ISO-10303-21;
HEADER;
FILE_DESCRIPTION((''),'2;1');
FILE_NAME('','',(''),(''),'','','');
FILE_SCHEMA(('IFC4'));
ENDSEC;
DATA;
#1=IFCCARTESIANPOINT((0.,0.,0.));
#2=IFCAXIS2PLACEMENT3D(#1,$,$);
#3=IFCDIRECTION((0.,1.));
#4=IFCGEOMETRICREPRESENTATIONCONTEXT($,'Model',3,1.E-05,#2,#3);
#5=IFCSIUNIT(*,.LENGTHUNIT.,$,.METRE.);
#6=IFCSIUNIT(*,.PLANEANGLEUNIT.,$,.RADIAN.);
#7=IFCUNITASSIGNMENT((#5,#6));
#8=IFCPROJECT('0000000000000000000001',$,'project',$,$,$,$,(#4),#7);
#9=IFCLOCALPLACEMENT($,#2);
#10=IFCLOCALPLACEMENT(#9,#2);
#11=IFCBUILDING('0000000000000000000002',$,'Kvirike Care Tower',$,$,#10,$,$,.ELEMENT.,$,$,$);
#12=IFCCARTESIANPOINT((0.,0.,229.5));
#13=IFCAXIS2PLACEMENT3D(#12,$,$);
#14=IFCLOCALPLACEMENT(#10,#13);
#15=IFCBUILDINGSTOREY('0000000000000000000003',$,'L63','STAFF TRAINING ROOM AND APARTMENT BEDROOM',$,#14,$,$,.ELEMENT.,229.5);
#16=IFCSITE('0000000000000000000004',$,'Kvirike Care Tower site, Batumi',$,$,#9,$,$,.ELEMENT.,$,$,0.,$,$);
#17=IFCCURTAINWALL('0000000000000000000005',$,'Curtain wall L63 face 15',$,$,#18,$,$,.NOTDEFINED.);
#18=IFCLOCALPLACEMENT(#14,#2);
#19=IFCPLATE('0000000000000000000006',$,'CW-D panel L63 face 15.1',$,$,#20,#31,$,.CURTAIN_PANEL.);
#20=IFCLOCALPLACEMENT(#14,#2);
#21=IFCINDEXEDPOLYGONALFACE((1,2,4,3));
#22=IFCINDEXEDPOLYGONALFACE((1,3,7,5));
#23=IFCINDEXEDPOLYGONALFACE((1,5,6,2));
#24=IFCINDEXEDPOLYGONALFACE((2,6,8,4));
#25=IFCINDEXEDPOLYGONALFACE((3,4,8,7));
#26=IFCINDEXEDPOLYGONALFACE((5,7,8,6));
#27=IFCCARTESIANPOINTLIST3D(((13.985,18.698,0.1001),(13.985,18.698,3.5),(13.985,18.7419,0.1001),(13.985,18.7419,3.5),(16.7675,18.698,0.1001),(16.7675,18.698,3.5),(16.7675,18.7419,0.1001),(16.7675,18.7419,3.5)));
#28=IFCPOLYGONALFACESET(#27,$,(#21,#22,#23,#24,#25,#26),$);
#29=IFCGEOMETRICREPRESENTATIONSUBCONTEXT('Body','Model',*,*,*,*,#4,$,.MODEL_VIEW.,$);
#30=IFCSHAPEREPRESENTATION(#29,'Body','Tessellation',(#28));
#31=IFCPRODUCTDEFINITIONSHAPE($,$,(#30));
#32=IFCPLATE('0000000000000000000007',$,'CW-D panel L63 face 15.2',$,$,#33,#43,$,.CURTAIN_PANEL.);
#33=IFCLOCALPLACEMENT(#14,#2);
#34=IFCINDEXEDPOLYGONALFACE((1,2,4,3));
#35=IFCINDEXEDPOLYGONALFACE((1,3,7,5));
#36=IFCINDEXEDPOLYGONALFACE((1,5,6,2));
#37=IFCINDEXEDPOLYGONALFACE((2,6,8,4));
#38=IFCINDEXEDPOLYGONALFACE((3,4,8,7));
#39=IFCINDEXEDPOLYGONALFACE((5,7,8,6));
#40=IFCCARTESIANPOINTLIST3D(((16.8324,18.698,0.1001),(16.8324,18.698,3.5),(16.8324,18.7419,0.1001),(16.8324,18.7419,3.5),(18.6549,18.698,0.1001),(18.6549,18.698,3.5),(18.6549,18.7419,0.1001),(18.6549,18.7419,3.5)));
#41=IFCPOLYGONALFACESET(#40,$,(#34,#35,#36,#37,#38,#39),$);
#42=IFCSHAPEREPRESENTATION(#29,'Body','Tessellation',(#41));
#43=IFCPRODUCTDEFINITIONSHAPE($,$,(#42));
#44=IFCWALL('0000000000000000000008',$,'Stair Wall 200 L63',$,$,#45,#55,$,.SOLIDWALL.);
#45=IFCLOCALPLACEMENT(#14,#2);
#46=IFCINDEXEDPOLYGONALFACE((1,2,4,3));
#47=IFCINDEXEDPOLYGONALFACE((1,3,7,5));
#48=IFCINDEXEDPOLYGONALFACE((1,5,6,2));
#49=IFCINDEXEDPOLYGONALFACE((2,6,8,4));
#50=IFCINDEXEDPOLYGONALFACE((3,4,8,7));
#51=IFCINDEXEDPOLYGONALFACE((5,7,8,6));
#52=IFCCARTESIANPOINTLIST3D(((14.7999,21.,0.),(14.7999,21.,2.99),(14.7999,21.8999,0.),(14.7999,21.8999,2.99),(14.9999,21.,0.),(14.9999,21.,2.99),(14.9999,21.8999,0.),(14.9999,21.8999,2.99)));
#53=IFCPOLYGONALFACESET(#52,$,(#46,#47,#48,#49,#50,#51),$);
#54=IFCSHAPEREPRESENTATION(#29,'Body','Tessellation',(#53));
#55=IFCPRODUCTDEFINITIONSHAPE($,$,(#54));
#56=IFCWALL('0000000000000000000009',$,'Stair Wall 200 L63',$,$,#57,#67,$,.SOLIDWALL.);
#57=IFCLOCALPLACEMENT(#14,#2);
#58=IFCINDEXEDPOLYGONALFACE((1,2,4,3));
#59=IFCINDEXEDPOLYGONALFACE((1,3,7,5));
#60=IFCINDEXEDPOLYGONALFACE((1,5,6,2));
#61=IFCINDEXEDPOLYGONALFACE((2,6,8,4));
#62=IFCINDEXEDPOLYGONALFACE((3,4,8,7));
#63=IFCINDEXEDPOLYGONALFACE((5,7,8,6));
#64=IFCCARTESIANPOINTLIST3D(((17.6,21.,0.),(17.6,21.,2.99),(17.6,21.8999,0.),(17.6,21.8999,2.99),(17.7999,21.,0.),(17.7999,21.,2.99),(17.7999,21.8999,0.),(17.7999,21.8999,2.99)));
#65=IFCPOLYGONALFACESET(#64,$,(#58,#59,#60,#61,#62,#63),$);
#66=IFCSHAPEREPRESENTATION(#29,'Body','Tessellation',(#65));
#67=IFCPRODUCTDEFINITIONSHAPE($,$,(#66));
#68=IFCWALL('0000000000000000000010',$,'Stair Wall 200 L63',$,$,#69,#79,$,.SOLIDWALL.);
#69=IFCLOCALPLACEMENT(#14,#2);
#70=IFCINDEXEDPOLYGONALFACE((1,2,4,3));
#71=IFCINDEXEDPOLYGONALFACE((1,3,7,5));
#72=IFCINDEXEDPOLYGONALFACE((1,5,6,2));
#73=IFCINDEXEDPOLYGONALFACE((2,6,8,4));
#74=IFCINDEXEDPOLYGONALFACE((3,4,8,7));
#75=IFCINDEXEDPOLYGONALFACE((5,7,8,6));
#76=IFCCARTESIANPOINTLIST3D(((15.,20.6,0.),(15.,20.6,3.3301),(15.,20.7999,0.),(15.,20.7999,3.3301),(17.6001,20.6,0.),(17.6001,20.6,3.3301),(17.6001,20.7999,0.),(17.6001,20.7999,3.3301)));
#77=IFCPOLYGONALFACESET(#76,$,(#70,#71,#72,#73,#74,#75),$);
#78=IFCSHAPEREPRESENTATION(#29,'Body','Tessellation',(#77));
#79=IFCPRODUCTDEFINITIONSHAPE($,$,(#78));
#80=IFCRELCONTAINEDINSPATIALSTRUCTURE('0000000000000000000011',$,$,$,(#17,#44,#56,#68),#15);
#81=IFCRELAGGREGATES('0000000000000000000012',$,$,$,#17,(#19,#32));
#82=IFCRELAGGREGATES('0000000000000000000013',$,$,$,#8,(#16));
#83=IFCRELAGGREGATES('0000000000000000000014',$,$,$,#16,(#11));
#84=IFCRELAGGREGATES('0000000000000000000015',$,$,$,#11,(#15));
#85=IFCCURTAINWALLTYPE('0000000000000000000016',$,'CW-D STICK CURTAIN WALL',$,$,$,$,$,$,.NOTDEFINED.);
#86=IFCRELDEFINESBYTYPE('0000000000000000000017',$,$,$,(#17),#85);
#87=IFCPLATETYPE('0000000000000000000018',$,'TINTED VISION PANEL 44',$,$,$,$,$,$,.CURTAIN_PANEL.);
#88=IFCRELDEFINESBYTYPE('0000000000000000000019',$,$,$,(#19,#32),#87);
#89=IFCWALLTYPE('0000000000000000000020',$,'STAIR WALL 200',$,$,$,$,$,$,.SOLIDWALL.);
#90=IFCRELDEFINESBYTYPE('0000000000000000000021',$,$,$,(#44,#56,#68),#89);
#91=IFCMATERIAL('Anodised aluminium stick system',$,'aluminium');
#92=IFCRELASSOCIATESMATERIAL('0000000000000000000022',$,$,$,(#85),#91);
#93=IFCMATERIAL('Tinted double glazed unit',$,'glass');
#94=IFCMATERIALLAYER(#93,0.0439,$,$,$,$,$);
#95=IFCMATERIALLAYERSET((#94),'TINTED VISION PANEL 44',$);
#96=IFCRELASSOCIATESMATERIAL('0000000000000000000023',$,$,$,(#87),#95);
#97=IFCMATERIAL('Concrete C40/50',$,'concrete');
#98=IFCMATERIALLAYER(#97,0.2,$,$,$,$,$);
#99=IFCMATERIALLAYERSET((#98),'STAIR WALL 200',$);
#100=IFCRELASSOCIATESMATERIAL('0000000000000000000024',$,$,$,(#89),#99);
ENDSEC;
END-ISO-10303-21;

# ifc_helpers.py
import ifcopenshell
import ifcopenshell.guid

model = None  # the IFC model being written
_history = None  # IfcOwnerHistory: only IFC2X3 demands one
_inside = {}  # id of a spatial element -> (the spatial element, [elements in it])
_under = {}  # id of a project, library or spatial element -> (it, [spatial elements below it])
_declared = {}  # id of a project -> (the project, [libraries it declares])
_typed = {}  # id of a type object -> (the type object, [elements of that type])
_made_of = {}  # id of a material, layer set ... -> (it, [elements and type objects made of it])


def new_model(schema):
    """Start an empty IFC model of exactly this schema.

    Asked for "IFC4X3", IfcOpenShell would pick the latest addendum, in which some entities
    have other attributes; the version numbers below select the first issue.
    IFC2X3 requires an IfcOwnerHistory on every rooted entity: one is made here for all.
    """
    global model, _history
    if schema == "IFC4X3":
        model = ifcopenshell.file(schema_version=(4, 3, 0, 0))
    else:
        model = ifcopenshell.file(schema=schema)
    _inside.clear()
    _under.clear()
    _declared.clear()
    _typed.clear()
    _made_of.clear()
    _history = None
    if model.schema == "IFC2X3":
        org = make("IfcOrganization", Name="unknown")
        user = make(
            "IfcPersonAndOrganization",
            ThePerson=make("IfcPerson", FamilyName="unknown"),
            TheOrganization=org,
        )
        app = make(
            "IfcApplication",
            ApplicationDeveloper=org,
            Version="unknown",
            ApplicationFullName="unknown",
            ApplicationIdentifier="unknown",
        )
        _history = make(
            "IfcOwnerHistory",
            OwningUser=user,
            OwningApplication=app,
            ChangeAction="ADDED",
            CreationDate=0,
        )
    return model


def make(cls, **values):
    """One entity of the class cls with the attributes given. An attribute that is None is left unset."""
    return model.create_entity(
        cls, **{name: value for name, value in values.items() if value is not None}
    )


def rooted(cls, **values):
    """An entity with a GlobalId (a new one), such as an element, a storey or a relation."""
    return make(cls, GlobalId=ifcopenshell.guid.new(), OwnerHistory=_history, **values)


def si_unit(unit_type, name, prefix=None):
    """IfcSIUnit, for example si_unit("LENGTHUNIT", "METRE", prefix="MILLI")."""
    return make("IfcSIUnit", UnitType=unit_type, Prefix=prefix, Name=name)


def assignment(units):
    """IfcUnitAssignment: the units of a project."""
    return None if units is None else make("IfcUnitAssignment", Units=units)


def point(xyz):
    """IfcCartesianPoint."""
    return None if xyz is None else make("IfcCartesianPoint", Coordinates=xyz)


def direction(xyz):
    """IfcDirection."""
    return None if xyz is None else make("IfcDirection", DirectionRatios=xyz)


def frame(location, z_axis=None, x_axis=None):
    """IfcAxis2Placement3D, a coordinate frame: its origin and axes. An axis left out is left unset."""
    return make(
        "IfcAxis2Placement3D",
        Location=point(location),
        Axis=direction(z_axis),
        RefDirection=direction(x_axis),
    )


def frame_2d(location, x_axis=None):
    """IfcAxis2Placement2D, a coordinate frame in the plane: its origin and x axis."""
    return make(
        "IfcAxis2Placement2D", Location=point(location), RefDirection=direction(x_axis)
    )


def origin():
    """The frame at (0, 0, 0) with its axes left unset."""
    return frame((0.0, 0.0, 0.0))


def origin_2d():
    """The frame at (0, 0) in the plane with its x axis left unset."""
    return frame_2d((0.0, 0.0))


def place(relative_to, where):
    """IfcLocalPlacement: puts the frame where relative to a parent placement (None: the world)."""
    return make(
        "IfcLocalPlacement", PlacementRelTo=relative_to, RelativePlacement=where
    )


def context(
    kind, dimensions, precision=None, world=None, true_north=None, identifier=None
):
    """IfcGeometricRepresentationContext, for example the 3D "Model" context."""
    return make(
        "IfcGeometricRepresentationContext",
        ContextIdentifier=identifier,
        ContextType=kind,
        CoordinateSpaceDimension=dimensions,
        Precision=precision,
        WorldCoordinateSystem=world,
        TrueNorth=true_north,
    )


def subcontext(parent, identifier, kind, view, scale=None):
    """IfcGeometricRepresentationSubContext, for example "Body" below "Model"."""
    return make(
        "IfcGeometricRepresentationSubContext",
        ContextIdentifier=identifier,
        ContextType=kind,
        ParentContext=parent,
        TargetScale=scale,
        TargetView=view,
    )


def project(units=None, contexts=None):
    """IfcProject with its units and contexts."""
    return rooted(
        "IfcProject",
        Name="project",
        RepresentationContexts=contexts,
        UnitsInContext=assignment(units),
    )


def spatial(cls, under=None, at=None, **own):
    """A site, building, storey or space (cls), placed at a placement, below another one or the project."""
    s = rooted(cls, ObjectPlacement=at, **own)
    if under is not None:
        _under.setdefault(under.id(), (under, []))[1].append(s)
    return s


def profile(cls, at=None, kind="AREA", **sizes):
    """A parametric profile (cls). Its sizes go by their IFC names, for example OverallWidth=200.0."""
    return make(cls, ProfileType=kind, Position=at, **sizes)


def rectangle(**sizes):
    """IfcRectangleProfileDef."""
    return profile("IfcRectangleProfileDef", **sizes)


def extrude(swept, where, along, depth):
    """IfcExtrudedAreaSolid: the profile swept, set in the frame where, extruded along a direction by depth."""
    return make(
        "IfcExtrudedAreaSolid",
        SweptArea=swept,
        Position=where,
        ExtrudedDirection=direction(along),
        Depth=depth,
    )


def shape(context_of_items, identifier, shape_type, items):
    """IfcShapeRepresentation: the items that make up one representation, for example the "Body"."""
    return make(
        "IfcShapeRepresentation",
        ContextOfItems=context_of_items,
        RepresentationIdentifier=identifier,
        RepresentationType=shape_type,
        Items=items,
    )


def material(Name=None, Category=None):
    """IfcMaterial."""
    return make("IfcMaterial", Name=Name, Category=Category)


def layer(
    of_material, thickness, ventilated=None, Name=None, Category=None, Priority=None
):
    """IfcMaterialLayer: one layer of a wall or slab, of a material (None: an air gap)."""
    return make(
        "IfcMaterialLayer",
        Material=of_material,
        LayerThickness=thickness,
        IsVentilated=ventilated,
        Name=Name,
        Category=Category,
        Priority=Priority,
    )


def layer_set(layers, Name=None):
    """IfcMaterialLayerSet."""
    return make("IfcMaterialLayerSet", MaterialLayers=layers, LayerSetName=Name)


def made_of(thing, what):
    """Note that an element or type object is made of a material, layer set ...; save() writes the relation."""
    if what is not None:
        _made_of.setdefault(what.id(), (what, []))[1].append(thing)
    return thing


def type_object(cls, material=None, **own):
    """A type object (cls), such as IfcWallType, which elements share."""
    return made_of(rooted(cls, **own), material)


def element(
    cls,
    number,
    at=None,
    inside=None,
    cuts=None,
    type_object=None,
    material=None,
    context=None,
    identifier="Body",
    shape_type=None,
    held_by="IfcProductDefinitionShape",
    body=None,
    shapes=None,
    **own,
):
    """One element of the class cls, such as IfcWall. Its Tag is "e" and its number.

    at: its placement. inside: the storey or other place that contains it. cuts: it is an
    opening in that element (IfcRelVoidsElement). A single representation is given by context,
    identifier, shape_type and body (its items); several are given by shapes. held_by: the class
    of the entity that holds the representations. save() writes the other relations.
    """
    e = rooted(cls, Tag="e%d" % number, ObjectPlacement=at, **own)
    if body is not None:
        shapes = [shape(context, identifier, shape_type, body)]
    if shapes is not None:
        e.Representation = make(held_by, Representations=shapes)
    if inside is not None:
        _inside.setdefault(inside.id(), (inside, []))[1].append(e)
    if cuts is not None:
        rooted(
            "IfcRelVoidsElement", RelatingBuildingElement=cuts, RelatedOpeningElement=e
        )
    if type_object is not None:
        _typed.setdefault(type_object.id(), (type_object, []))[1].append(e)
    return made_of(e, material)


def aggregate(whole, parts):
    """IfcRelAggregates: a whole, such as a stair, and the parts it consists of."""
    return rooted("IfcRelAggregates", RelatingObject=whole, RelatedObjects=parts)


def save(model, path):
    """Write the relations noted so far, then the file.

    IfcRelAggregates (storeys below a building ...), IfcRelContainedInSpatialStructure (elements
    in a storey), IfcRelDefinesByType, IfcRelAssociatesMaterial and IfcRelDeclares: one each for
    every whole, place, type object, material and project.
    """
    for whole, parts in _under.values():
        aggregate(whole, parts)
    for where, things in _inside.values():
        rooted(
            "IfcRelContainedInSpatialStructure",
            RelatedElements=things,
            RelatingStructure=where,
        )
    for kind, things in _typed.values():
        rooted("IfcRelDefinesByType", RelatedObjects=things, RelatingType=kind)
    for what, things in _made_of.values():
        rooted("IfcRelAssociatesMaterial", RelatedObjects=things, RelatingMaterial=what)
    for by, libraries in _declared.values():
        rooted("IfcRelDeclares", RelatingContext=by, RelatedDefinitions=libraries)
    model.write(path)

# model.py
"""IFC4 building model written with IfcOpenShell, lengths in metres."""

from ifc_helpers import new_model, si_unit, direction, frame, frame_2d, origin, origin_2d, place, context, subcontext, project, spatial, rectangle, extrude, material, layer, layer_set, type_object, element, aggregate, save


model = new_model("IFC4")

# Units and contexts
model_context = context("Model", 3, precision=1e-05, world=origin(), true_north=direction((0.0, 1.0)))
body_context = subcontext(model_context, "Body", "Model", "MODEL_VIEW")
ifc_project = project(units=[si_unit("LENGTHUNIT", "METRE"), si_unit("PLANEANGLEUNIT", "RADIAN")], contexts=[model_context])

# Site, building, storey
site_placement = place(None, origin())
site = spatial("IfcSite", under=ifc_project, at=site_placement, Name="Kvirike Care Tower site, Batumi", CompositionType="ELEMENT", RefElevation=0.0)
building_placement = place(site_placement, origin())
building = spatial("IfcBuilding", under=site, at=building_placement, Name="Kvirike Care Tower", CompositionType="ELEMENT")
storey_placement = place(building_placement, frame((0.0, 0.0, 229.5)))
storey = spatial("IfcBuildingStorey", under=building, at=storey_placement, Name="L63", Description="STAFF TRAINING ROOM AND APARTMENT BEDROOM", CompositionType="ELEMENT", Elevation=229.5)

# Curtain wall
ifc_material_1 = material(Name="Anodised aluminium stick system", Category="aluminium")
curtain_wall_type = type_object("IfcCurtainWallType", Name="CW-D STICK CURTAIN WALL", PredefinedType="NOTDEFINED", material=ifc_material_1)
curtain_wall_1_placement = place(storey_placement, origin())
curtain_wall_1 = element("IfcCurtainWall", 1, at=curtain_wall_1_placement, inside=storey, type_object=curtain_wall_type, Name="Curtain wall L63 face 15", PredefinedType="NOTDEFINED")

# Plates
ifc_material_2 = material(Name="Tinted double glazed unit", Category="glass")
ifc_layer_1 = layer(ifc_material_2, 0.0439)
ifc_layer_set_1 = layer_set([ifc_layer_1], Name="TINTED VISION PANEL 44")
plate_type = type_object("IfcPlateType", Name="TINTED VISION PANEL 44", PredefinedType="CURTAIN_PANEL", material=ifc_layer_set_1)
plate_1_placement = place(storey_placement, frame((15.3762, 18.72, 0.1001), z_axis=(0.0, 0.0, 1.0), x_axis=(1.0, 0.0, 0.0)))
plate_1 = element("IfcPlate", 2, at=plate_1_placement, type_object=plate_type, Name="CW-D panel L63 face 15.1", PredefinedType="CURTAIN_PANEL", context=body_context, shape_type="SweptSolid", body=[
    extrude(rectangle(XDim=2.7825, YDim=0.0439, at=origin_2d()), origin(), (0.0, 0.0, 1.0), 3.3999),
])
plate_2_placement = place(storey_placement, frame((17.7437, 18.72, 0.1001), z_axis=(0.0, 0.0, 1.0), x_axis=(1.0, 0.0, 0.0)))
plate_2 = element("IfcPlate", 3, at=plate_2_placement, type_object=plate_type, Name="CW-D panel L63 face 15.2", PredefinedType="CURTAIN_PANEL", context=body_context, shape_type="SweptSolid", body=[
    extrude(rectangle(XDim=1.8225, YDim=0.0439, at=origin_2d()), origin(), (0.0, 0.0, 1.0), 3.3999),
])
aggregate(curtain_wall_1, [plate_1, plate_2])

# Walls
ifc_material_3 = material(Name="Concrete C40/50", Category="concrete")
ifc_layer_2 = layer(ifc_material_3, 0.2)
ifc_layer_set_2 = layer_set([ifc_layer_2], Name="STAIR WALL 200")
wall_type = type_object("IfcWallType", Name="STAIR WALL 200", PredefinedType="SOLIDWALL", material=ifc_layer_set_2)
for number, where, z_axis, x_axis, name in (
    (4, (14.8999, 21.0, 0.0), (0.0, 0.0, 1.0), (0.0, 1.0, 0.0), "Stair Wall 200 L63"),
    (5, (17.7, 21.0, 0.0), (0.0, 0.0, 1.0), (0.0, 1.0, 0.0), "Stair Wall 200 L63"),
):
    element("IfcWall", number, at=place(storey_placement, frame(where, z_axis=z_axis, x_axis=x_axis)), inside=storey, type_object=wall_type, Name=name, PredefinedType="SOLIDWALL", context=body_context, shape_type="SweptSolid", body=[
        extrude(rectangle(XDim=0.8999, YDim=0.2, at=frame_2d((0.45, 0.0))), origin(), (0.0, 0.0, 1.0), 2.99),
    ])
wall_placement = place(storey_placement, frame((15.0, 20.7, 0.0), z_axis=(0.0, 0.0, 1.0), x_axis=(1.0, 0.0, 0.0)))
element("IfcWall", 6, at=wall_placement, inside=storey, type_object=wall_type, Name="Stair Wall 200 L63", PredefinedType="SOLIDWALL", context=body_context, shape_type="SweptSolid", body=[
    extrude(rectangle(XDim=2.6001, YDim=0.2, at=frame_2d((1.3, 0.0))), origin(), (0.0, 0.0, 1.0), 3.3301),
])

save(model, "model.ifc")
